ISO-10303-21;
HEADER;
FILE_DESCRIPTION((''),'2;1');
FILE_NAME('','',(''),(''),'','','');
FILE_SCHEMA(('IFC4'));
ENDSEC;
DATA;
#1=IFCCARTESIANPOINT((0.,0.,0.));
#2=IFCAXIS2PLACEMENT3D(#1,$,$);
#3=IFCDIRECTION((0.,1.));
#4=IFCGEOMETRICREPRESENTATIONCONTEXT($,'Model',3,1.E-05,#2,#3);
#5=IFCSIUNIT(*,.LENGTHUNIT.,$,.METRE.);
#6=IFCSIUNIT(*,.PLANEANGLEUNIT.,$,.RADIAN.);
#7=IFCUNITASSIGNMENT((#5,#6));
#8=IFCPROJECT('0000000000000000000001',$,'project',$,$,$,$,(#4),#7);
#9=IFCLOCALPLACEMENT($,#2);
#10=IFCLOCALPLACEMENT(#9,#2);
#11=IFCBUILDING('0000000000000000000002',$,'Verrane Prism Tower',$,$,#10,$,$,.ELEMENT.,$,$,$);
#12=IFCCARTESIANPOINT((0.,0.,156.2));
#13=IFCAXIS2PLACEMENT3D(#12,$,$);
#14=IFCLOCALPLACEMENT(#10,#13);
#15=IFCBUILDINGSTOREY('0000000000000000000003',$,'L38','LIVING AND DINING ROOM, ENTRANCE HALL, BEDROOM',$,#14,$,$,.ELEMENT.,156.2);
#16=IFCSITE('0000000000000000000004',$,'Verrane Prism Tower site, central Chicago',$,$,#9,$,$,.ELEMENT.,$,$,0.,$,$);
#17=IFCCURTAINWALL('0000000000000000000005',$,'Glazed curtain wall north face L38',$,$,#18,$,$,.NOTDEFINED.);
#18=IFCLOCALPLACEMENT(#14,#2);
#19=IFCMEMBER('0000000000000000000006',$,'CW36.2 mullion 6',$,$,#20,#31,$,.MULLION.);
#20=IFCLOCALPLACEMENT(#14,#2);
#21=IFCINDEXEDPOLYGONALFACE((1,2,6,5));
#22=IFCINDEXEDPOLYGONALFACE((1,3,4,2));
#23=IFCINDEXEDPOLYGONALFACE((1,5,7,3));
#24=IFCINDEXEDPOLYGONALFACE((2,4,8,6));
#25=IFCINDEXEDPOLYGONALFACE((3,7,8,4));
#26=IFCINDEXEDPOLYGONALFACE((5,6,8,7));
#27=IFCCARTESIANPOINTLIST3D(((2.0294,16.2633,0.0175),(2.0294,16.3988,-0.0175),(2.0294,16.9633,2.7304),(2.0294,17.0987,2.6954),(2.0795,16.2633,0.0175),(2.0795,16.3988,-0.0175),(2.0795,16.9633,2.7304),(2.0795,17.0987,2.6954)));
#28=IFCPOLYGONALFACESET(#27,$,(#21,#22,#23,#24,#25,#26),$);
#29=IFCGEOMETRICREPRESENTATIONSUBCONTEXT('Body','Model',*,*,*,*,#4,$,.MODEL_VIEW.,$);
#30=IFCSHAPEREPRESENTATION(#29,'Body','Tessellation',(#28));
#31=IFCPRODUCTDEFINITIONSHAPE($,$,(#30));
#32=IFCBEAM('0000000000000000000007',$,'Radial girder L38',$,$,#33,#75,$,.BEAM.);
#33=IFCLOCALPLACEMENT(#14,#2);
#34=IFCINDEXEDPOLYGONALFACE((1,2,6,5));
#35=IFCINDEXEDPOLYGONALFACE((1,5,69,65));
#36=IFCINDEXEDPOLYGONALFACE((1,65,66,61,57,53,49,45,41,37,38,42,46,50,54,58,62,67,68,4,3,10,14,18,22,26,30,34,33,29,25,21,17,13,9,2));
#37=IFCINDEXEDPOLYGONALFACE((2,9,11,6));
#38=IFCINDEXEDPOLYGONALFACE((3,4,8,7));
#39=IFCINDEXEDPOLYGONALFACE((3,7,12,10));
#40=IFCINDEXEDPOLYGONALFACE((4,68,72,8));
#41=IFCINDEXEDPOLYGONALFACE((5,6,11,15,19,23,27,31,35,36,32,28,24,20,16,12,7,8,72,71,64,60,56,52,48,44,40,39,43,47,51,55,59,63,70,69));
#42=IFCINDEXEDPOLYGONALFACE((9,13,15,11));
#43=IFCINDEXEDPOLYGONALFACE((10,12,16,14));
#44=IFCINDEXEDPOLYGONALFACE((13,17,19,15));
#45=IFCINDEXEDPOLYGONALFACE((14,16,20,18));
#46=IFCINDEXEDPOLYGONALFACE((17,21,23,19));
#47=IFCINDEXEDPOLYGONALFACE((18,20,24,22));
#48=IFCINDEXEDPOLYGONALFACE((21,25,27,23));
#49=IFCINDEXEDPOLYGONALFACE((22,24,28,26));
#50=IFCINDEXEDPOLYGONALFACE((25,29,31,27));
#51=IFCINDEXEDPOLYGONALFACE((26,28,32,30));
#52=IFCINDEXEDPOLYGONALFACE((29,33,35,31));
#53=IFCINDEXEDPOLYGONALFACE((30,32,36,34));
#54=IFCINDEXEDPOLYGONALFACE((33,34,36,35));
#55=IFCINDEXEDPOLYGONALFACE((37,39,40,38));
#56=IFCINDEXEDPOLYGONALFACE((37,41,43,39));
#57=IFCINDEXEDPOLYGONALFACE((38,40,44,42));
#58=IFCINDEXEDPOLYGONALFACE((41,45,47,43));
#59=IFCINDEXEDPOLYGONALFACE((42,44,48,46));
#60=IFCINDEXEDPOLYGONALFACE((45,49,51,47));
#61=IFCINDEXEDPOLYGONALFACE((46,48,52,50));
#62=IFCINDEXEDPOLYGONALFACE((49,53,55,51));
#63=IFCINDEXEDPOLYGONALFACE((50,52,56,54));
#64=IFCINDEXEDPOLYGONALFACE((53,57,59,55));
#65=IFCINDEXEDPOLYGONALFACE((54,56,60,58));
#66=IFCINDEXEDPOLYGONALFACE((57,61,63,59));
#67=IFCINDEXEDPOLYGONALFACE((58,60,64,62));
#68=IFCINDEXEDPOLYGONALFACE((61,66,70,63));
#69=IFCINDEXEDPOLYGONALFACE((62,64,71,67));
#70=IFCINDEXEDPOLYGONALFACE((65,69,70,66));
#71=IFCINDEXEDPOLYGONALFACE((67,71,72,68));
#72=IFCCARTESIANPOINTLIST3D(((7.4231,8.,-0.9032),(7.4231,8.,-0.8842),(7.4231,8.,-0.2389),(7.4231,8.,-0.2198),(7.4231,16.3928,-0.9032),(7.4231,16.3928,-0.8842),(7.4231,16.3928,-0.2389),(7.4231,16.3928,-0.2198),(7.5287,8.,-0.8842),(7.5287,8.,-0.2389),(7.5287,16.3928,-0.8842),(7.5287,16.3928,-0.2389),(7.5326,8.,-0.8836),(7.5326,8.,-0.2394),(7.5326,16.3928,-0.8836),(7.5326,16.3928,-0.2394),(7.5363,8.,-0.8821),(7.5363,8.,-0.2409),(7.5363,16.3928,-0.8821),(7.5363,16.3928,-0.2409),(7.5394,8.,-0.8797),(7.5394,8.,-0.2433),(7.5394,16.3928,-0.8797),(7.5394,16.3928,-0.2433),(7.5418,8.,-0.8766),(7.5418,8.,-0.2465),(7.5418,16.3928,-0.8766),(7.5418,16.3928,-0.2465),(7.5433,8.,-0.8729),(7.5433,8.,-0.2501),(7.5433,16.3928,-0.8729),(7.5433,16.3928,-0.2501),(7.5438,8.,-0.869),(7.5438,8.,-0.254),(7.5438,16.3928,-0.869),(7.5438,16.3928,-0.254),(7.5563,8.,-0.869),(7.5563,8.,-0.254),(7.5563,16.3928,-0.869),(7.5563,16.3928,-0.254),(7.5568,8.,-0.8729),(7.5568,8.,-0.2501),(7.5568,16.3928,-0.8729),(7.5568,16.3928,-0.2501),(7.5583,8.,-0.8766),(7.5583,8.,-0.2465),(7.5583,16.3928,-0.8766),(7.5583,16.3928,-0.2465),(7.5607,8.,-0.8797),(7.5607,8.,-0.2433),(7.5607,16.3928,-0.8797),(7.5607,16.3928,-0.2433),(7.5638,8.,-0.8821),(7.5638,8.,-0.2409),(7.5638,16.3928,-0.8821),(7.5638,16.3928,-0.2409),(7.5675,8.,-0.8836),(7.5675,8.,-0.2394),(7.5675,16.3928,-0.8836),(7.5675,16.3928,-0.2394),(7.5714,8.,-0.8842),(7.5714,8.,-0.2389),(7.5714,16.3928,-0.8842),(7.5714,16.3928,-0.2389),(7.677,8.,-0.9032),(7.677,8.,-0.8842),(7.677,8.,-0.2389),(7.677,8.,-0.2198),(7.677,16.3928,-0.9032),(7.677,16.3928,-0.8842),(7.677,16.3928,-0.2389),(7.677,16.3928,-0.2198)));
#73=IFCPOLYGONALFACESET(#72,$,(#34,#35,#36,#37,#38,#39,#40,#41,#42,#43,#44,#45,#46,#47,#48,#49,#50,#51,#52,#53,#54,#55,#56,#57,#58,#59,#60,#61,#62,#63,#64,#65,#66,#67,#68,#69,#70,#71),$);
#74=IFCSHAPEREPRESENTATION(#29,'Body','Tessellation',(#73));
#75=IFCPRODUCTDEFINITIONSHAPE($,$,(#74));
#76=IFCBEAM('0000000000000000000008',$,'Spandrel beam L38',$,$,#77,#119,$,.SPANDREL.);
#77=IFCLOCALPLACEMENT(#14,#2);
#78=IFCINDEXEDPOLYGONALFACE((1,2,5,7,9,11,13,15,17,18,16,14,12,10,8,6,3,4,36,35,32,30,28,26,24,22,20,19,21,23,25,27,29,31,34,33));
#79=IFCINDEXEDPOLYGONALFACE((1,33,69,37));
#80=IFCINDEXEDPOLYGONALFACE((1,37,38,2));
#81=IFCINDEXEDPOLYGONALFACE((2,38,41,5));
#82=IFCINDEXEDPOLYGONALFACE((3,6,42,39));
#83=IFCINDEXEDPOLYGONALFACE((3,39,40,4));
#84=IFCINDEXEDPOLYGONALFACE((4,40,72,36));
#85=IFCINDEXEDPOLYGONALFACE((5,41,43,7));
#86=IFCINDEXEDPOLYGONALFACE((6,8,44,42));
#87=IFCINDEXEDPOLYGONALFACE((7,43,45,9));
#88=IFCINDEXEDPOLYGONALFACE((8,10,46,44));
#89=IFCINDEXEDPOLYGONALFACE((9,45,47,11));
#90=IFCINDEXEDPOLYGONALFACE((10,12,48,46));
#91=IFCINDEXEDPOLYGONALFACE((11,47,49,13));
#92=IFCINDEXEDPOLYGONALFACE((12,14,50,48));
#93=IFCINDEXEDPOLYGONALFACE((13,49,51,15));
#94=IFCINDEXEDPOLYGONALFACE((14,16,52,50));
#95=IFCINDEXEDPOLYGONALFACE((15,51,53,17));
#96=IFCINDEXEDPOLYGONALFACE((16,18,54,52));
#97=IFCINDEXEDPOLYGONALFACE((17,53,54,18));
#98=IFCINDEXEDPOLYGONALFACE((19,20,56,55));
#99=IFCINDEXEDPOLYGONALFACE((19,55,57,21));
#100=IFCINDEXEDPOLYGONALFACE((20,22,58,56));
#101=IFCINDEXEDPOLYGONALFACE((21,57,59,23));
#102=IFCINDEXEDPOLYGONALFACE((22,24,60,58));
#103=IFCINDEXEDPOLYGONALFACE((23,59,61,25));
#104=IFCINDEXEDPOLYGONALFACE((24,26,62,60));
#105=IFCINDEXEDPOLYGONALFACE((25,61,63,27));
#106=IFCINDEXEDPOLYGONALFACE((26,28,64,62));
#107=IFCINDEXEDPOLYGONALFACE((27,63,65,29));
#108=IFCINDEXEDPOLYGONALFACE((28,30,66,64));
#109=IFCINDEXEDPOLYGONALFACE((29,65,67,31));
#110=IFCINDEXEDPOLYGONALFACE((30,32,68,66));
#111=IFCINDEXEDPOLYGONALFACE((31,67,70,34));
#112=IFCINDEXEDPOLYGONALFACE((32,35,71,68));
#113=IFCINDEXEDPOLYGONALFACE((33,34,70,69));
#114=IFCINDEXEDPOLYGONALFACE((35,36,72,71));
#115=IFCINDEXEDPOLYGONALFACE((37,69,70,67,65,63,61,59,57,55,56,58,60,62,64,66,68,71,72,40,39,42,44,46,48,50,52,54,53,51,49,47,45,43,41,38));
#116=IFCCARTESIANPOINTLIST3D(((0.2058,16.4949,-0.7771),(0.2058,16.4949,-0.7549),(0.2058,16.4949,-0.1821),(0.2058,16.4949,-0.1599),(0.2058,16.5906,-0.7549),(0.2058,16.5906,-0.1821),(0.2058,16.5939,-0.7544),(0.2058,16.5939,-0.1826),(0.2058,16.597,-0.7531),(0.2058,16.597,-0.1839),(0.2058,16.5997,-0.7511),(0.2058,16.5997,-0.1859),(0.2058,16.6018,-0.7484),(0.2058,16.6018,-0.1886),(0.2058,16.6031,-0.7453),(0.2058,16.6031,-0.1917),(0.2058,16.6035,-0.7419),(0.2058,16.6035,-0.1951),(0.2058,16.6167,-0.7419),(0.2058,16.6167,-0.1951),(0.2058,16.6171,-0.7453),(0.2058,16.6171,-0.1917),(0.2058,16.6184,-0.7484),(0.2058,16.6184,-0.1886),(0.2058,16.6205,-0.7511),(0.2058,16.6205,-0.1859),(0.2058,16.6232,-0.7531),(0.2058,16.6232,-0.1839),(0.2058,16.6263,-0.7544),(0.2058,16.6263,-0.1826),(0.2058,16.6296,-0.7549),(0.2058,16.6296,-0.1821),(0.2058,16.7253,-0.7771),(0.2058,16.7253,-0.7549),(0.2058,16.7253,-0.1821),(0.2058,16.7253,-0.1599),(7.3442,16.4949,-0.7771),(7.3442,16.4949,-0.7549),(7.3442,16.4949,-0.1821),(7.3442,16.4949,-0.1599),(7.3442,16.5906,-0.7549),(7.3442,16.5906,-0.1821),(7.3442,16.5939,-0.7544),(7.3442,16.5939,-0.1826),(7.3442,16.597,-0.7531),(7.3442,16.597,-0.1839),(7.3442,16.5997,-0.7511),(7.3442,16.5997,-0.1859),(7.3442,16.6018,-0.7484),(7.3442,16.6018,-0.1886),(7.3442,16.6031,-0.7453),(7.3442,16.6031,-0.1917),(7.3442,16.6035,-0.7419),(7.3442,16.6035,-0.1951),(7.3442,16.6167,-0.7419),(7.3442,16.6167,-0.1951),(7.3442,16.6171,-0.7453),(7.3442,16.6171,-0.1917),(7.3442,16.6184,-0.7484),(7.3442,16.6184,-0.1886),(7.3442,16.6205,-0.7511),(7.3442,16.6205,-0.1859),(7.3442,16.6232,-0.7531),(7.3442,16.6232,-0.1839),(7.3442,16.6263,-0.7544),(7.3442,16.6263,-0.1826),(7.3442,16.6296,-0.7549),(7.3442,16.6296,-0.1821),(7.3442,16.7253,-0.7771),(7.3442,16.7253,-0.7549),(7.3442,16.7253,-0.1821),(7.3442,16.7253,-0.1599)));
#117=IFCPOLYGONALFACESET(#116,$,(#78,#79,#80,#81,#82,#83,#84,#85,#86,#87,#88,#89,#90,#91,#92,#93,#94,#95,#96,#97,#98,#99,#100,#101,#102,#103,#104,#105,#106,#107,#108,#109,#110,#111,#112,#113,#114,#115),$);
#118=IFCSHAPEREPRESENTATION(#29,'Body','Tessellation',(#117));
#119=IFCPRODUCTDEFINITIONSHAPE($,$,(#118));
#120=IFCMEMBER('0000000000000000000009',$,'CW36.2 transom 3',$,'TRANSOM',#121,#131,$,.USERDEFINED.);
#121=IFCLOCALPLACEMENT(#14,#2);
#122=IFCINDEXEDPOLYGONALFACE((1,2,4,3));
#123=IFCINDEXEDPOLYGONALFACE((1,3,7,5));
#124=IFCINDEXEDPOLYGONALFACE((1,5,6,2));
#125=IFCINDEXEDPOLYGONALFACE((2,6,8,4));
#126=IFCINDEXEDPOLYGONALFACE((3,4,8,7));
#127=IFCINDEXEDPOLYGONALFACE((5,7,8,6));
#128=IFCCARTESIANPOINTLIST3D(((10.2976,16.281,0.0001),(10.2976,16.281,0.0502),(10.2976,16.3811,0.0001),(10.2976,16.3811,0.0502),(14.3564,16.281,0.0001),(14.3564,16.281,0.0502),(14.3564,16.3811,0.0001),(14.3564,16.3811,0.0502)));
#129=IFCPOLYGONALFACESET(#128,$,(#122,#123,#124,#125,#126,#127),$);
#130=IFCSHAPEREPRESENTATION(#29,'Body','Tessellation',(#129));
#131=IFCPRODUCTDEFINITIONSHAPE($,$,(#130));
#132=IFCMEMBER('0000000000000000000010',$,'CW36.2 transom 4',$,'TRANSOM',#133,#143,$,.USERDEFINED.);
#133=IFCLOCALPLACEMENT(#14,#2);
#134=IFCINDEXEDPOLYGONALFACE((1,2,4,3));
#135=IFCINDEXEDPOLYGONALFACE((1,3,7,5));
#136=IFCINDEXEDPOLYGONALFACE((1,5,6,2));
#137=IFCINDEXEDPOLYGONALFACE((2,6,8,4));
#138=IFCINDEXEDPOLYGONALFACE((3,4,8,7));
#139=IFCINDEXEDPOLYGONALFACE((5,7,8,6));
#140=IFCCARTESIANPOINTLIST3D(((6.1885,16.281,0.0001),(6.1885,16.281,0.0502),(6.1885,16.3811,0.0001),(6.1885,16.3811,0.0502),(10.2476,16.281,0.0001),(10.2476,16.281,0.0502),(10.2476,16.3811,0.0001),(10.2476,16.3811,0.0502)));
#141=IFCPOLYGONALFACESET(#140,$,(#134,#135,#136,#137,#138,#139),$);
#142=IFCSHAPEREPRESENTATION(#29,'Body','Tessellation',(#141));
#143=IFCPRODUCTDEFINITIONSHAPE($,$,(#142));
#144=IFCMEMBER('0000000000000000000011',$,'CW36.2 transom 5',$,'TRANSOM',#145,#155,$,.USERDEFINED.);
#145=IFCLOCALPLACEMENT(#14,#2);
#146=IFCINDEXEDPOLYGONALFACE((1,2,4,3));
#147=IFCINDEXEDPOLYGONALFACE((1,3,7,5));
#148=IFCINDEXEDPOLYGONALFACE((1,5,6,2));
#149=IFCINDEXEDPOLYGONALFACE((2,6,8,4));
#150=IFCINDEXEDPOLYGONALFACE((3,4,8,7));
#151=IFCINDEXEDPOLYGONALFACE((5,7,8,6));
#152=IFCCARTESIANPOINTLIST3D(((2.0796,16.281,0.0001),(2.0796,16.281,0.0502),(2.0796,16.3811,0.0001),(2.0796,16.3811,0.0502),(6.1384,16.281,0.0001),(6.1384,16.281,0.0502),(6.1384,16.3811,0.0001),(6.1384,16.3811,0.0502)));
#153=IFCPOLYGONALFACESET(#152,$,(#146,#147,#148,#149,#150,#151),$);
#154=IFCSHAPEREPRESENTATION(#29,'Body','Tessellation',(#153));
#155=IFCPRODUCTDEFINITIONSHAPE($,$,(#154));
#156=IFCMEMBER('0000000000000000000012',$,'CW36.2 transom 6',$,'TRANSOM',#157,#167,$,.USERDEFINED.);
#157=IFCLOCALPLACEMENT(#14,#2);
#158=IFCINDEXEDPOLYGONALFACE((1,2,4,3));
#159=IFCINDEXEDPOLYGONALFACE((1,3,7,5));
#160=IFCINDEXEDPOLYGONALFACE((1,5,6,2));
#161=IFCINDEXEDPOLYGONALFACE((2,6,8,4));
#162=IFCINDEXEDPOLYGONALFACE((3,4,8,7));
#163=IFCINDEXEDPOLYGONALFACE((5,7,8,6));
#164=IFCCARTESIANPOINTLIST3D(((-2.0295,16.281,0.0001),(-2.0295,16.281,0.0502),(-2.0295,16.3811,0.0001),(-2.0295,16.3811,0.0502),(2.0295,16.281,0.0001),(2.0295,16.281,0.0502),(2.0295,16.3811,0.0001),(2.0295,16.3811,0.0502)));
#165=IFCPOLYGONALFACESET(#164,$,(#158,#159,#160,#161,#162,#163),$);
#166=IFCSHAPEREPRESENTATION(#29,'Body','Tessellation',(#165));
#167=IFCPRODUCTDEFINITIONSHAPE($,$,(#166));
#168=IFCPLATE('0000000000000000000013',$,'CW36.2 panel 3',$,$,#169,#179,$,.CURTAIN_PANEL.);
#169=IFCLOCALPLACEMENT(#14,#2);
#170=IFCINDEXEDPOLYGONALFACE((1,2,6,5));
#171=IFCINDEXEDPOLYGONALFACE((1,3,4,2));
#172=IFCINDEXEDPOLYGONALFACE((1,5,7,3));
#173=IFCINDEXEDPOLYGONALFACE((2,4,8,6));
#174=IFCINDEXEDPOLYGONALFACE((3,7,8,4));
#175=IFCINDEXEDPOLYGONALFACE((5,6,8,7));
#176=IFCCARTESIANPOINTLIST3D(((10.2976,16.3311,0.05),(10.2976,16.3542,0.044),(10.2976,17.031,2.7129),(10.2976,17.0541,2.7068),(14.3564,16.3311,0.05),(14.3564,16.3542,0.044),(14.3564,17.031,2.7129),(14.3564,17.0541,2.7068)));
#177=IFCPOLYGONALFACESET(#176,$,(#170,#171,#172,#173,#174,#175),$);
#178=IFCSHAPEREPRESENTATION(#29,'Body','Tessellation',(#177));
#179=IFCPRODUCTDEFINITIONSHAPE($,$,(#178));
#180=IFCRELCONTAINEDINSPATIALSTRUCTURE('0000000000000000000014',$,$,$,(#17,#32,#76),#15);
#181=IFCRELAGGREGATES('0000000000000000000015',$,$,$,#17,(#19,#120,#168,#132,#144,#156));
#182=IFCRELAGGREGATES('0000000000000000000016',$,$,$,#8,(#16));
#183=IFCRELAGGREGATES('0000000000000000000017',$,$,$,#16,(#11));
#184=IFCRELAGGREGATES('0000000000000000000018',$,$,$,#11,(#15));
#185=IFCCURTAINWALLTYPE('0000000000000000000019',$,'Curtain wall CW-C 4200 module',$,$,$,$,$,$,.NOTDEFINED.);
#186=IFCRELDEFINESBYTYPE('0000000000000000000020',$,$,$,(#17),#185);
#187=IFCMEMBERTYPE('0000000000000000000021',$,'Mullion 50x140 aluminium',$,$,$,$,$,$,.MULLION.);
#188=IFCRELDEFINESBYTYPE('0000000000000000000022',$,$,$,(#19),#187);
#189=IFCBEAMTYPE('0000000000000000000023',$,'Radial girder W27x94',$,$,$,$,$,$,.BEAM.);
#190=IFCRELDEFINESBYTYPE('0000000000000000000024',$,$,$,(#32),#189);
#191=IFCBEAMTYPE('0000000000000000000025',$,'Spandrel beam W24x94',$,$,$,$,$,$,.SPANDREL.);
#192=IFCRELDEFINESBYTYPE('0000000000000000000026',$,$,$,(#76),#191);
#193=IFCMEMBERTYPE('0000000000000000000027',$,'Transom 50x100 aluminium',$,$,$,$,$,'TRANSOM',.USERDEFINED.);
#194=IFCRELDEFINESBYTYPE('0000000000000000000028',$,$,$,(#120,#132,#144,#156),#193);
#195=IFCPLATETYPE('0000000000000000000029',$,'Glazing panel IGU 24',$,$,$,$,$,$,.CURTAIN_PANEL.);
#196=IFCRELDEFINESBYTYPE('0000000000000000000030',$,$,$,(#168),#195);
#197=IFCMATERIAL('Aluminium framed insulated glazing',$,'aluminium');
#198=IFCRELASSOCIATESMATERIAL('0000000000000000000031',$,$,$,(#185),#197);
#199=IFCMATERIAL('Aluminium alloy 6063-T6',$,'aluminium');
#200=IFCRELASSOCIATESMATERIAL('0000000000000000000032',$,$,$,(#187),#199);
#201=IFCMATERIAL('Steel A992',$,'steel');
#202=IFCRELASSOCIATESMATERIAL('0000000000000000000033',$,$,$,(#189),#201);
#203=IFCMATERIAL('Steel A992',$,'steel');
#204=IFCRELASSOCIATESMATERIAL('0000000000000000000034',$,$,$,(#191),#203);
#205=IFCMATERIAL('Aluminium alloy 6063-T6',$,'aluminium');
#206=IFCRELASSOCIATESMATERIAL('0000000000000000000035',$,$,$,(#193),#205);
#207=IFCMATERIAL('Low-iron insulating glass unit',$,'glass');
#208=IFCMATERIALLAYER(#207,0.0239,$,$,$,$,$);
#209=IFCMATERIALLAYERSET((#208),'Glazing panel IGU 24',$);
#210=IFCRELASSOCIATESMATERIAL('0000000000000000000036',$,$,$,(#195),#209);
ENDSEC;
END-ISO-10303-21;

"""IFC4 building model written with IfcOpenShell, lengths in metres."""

from ifc_helpers import new_model, si_unit, direction, frame, origin, origin_2d, place, context, subcontext, project, spatial, polyline, rectangle, i_section, outline, extrude, material, layer, layer_set, material_profile, profile_set, type_object, element, aggregate, save


model = new_model("IFC4")

# Units and contexts
model_context = context("Model", 3, precision=1e-05, world=origin(), true_north=direction((0.0, 1.0)))
body_context = subcontext(model_context, "Body", "Model", "MODEL_VIEW")
ifc_project = project(units=[si_unit("LENGTHUNIT", "METRE"), si_unit("PLANEANGLEUNIT", "RADIAN")], contexts=[model_context])

# Site, building, storey
site_placement = place(None, origin())
site = spatial("IfcSite", under=ifc_project, at=site_placement, Name="Verrane Prism Tower site, central Chicago", CompositionType="ELEMENT", RefElevation=0.0)
building_placement = place(site_placement, origin())
building = spatial("IfcBuilding", under=site, at=building_placement, Name="Verrane Prism Tower", CompositionType="ELEMENT")
storey_placement = place(building_placement, frame((0.0, 0.0, 156.2)))
storey = spatial("IfcBuildingStorey", under=building, at=storey_placement, Name="L38", Description="LIVING AND DINING ROOM, ENTRANCE HALL, BEDROOM", CompositionType="ELEMENT", Elevation=156.2)

# Curtain wall, member
ifc_material_1 = material(Name="Aluminium framed insulated glazing", Category="aluminium")
curtain_wall_type = type_object("IfcCurtainWallType", Name="Curtain wall CW-C 4200 module", PredefinedType="NOTDEFINED", material=ifc_material_1)
curtain_wall_placement = place(storey_placement, origin())
curtain_wall = element("IfcCurtainWall", 1, at=curtain_wall_placement, inside=storey, type_object=curtain_wall_type, Name="Glazed curtain wall north face L38", PredefinedType="NOTDEFINED")
ifc_material_2 = material(Name="Aluminium alloy 6063-T6", Category="aluminium")
ifc_material_profile_1 = material_profile(ifc_material_2, rectangle(XDim=0.1399, YDim=0.05, at=origin_2d()), Name="Mullion 50x140 aluminium")
ifc_profile_set_1 = profile_set([ifc_material_profile_1], Name="Aluminium alloy 6063-T6")
member_type_1 = type_object("IfcMemberType", Name="Mullion 50x140 aluminium", PredefinedType="MULLION", material=ifc_profile_set_1)
member_1_placement = place(storey_placement, frame((2.0544, 16.3311, 0.0), z_axis=(0.0, 0.249828, 0.96829), x_axis=(0.0, 0.96829, -0.249828)))
member_1 = element("IfcMember", 2, at=member_1_placement, type_object=member_type_1, Name="CW36.2 mullion 6", PredefinedType="MULLION", context=body_context, shape_type="SweptSolid", body=[
    extrude(rectangle(XDim=0.1399, YDim=0.05, at=origin_2d()), origin(), (0.0, 0.0, 1.0), 2.8018),
])

# Beams
ifc_material_3 = material(Name="Steel A992", Category="steel")
ifc_material_profile_2 = material_profile(ifc_material_3, i_section(OverallWidth=0.2539, OverallDepth=0.6833, WebThickness=0.0125, FlangeThickness=0.019, FilletRadius=0.0151, at=origin_2d()), Name="W27x94")
ifc_profile_set_2 = profile_set([ifc_material_profile_2], Name="Steel A992")
beam_type_1 = type_object("IfcBeamType", Name="Radial girder W27x94", PredefinedType="BEAM", material=ifc_profile_set_2)
beam_1_placement = place(storey_placement, frame((7.55, 16.3928, -0.5615), z_axis=(0.0, -1.0, 0.0), x_axis=(1.0, 0.0, 0.0)))
element("IfcBeam", 3, at=beam_1_placement, inside=storey, type_object=beam_type_1, Name="Radial girder L38", PredefinedType="BEAM", context=body_context, shape_type="SweptSolid", body=[
    extrude(i_section(OverallWidth=0.2539, OverallDepth=0.6833, WebThickness=0.0125, FlangeThickness=0.019, FilletRadius=0.0151, at=origin_2d()), origin(), (0.0, 0.0, 1.0), 8.3928),
])
ifc_material_4 = material(Name="Steel A992", Category="steel")
ifc_material_profile_3 = material_profile(ifc_material_4, i_section(OverallWidth=0.2305, OverallDepth=0.6172, WebThickness=0.0132, FlangeThickness=0.0222, FilletRadius=0.0129, at=origin_2d()), Name="W24x94")
ifc_profile_set_3 = profile_set([ifc_material_profile_3], Name="Steel A992")
beam_type_2 = type_object("IfcBeamType", Name="Spandrel beam W24x94", PredefinedType="SPANDREL", material=ifc_profile_set_3)
beam_2_placement = place(storey_placement, frame((7.3442, 16.6101, -0.4685), z_axis=(-1.0, 0.0, 0.0), x_axis=(0.0, -1.0, 0.0)))
element("IfcBeam", 4, at=beam_2_placement, inside=storey, type_object=beam_type_2, Name="Spandrel beam L38", PredefinedType="SPANDREL", context=body_context, shape_type="SweptSolid", body=[
    extrude(i_section(OverallWidth=0.2305, OverallDepth=0.6172, WebThickness=0.0132, FlangeThickness=0.0222, FilletRadius=0.0129, at=origin_2d()), origin(), (0.0, 0.0, 1.0), 7.1384),
])

# Members
ifc_material_5 = material(Name="Aluminium alloy 6063-T6", Category="aluminium")
ifc_material_profile_4 = material_profile(ifc_material_5, rectangle(XDim=0.1001, YDim=0.05, at=origin_2d()), Name="Transom 50x100 aluminium")
ifc_profile_set_4 = profile_set([ifc_material_profile_4], Name="Aluminium alloy 6063-T6")
member_type_2 = type_object("IfcMemberType", Name="Transom 50x100 aluminium", ElementType="TRANSOM", PredefinedType="USERDEFINED", material=ifc_profile_set_4)
member_2_placement = place(storey_placement, frame((14.3564, 16.3311, 0.0251), z_axis=(-1.0, 0.0, 0.0), x_axis=(0.0, -1.0, 0.0)))
member_2 = element("IfcMember", 5, at=member_2_placement, type_object=member_type_2, Name="CW36.2 transom 3", ObjectType="TRANSOM", PredefinedType="USERDEFINED", context=body_context, shape_type="SweptSolid", body=[
    extrude(rectangle(XDim=0.1001, YDim=0.05, at=origin_2d()), origin(), (0.0, 0.0, 1.0), 4.0588),
])
member_3_placement = place(storey_placement, frame((10.2476, 16.3311, 0.0251), z_axis=(-1.0, 0.0, 0.0), x_axis=(0.0, -1.0, 0.0)))
member_3 = element("IfcMember", 6, at=member_3_placement, type_object=member_type_2, Name="CW36.2 transom 4", ObjectType="TRANSOM", PredefinedType="USERDEFINED", context=body_context, shape_type="SweptSolid", body=[
    extrude(rectangle(XDim=0.1001, YDim=0.05, at=origin_2d()), origin(), (0.0, 0.0, 1.0), 4.0591),
])
member_4_placement = place(storey_placement, frame((6.1384, 16.3311, 0.0251), z_axis=(-1.0, 0.0, 0.0), x_axis=(0.0, -1.0, 0.0)))
member_4 = element("IfcMember", 7, at=member_4_placement, type_object=member_type_2, Name="CW36.2 transom 5", ObjectType="TRANSOM", PredefinedType="USERDEFINED", context=body_context, shape_type="SweptSolid", body=[
    extrude(rectangle(XDim=0.1001, YDim=0.05, at=origin_2d()), origin(), (0.0, 0.0, 1.0), 4.0588),
])
member_5_placement = place(storey_placement, frame((2.0295, 16.3311, 0.0251), z_axis=(-1.0, 0.0, 0.0), x_axis=(0.0, -1.0, 0.0)))
member_5 = element("IfcMember", 8, at=member_5_placement, type_object=member_type_2, Name="CW36.2 transom 6", ObjectType="TRANSOM", PredefinedType="USERDEFINED", context=body_context, shape_type="SweptSolid", body=[
    extrude(rectangle(XDim=0.1001, YDim=0.05, at=origin_2d()), origin(), (0.0, 0.0, 1.0), 4.0591),
])

# Plate
ifc_material_6 = material(Name="Low-iron insulating glass unit", Category="glass")
ifc_layer_1 = layer(ifc_material_6, 0.0239)
ifc_layer_set_1 = layer_set([ifc_layer_1], Name="Glazing panel IGU 24")
plate_type = type_object("IfcPlateType", Name="Glazing panel IGU 24", PredefinedType="CURTAIN_PANEL", material=ifc_layer_set_1)
plate_1_placement = place(storey_placement, frame((14.3564, 16.3311, 0.05), z_axis=(0.0, -0.967146, 0.254223), x_axis=(-1.0, 0.0, 0.0)))
plate_1 = element("IfcPlate", 9, at=plate_1_placement, type_object=plate_type, Name="CW36.2 panel 3", PredefinedType="CURTAIN_PANEL", context=body_context, shape_type="SweptSolid", body=[
    extrude(outline(polyline([(0.0, 0.0), (4.0588, 0.0), (4.0588, -2.7533), (0.0, -2.7533), (0.0, 0.0)])), origin(), (0.0, 0.0, -1.0), 0.0239),
])
aggregate(curtain_wall, [member_1, member_2, plate_1, member_3, member_4, member_5])

save(model, "model.ifc")
